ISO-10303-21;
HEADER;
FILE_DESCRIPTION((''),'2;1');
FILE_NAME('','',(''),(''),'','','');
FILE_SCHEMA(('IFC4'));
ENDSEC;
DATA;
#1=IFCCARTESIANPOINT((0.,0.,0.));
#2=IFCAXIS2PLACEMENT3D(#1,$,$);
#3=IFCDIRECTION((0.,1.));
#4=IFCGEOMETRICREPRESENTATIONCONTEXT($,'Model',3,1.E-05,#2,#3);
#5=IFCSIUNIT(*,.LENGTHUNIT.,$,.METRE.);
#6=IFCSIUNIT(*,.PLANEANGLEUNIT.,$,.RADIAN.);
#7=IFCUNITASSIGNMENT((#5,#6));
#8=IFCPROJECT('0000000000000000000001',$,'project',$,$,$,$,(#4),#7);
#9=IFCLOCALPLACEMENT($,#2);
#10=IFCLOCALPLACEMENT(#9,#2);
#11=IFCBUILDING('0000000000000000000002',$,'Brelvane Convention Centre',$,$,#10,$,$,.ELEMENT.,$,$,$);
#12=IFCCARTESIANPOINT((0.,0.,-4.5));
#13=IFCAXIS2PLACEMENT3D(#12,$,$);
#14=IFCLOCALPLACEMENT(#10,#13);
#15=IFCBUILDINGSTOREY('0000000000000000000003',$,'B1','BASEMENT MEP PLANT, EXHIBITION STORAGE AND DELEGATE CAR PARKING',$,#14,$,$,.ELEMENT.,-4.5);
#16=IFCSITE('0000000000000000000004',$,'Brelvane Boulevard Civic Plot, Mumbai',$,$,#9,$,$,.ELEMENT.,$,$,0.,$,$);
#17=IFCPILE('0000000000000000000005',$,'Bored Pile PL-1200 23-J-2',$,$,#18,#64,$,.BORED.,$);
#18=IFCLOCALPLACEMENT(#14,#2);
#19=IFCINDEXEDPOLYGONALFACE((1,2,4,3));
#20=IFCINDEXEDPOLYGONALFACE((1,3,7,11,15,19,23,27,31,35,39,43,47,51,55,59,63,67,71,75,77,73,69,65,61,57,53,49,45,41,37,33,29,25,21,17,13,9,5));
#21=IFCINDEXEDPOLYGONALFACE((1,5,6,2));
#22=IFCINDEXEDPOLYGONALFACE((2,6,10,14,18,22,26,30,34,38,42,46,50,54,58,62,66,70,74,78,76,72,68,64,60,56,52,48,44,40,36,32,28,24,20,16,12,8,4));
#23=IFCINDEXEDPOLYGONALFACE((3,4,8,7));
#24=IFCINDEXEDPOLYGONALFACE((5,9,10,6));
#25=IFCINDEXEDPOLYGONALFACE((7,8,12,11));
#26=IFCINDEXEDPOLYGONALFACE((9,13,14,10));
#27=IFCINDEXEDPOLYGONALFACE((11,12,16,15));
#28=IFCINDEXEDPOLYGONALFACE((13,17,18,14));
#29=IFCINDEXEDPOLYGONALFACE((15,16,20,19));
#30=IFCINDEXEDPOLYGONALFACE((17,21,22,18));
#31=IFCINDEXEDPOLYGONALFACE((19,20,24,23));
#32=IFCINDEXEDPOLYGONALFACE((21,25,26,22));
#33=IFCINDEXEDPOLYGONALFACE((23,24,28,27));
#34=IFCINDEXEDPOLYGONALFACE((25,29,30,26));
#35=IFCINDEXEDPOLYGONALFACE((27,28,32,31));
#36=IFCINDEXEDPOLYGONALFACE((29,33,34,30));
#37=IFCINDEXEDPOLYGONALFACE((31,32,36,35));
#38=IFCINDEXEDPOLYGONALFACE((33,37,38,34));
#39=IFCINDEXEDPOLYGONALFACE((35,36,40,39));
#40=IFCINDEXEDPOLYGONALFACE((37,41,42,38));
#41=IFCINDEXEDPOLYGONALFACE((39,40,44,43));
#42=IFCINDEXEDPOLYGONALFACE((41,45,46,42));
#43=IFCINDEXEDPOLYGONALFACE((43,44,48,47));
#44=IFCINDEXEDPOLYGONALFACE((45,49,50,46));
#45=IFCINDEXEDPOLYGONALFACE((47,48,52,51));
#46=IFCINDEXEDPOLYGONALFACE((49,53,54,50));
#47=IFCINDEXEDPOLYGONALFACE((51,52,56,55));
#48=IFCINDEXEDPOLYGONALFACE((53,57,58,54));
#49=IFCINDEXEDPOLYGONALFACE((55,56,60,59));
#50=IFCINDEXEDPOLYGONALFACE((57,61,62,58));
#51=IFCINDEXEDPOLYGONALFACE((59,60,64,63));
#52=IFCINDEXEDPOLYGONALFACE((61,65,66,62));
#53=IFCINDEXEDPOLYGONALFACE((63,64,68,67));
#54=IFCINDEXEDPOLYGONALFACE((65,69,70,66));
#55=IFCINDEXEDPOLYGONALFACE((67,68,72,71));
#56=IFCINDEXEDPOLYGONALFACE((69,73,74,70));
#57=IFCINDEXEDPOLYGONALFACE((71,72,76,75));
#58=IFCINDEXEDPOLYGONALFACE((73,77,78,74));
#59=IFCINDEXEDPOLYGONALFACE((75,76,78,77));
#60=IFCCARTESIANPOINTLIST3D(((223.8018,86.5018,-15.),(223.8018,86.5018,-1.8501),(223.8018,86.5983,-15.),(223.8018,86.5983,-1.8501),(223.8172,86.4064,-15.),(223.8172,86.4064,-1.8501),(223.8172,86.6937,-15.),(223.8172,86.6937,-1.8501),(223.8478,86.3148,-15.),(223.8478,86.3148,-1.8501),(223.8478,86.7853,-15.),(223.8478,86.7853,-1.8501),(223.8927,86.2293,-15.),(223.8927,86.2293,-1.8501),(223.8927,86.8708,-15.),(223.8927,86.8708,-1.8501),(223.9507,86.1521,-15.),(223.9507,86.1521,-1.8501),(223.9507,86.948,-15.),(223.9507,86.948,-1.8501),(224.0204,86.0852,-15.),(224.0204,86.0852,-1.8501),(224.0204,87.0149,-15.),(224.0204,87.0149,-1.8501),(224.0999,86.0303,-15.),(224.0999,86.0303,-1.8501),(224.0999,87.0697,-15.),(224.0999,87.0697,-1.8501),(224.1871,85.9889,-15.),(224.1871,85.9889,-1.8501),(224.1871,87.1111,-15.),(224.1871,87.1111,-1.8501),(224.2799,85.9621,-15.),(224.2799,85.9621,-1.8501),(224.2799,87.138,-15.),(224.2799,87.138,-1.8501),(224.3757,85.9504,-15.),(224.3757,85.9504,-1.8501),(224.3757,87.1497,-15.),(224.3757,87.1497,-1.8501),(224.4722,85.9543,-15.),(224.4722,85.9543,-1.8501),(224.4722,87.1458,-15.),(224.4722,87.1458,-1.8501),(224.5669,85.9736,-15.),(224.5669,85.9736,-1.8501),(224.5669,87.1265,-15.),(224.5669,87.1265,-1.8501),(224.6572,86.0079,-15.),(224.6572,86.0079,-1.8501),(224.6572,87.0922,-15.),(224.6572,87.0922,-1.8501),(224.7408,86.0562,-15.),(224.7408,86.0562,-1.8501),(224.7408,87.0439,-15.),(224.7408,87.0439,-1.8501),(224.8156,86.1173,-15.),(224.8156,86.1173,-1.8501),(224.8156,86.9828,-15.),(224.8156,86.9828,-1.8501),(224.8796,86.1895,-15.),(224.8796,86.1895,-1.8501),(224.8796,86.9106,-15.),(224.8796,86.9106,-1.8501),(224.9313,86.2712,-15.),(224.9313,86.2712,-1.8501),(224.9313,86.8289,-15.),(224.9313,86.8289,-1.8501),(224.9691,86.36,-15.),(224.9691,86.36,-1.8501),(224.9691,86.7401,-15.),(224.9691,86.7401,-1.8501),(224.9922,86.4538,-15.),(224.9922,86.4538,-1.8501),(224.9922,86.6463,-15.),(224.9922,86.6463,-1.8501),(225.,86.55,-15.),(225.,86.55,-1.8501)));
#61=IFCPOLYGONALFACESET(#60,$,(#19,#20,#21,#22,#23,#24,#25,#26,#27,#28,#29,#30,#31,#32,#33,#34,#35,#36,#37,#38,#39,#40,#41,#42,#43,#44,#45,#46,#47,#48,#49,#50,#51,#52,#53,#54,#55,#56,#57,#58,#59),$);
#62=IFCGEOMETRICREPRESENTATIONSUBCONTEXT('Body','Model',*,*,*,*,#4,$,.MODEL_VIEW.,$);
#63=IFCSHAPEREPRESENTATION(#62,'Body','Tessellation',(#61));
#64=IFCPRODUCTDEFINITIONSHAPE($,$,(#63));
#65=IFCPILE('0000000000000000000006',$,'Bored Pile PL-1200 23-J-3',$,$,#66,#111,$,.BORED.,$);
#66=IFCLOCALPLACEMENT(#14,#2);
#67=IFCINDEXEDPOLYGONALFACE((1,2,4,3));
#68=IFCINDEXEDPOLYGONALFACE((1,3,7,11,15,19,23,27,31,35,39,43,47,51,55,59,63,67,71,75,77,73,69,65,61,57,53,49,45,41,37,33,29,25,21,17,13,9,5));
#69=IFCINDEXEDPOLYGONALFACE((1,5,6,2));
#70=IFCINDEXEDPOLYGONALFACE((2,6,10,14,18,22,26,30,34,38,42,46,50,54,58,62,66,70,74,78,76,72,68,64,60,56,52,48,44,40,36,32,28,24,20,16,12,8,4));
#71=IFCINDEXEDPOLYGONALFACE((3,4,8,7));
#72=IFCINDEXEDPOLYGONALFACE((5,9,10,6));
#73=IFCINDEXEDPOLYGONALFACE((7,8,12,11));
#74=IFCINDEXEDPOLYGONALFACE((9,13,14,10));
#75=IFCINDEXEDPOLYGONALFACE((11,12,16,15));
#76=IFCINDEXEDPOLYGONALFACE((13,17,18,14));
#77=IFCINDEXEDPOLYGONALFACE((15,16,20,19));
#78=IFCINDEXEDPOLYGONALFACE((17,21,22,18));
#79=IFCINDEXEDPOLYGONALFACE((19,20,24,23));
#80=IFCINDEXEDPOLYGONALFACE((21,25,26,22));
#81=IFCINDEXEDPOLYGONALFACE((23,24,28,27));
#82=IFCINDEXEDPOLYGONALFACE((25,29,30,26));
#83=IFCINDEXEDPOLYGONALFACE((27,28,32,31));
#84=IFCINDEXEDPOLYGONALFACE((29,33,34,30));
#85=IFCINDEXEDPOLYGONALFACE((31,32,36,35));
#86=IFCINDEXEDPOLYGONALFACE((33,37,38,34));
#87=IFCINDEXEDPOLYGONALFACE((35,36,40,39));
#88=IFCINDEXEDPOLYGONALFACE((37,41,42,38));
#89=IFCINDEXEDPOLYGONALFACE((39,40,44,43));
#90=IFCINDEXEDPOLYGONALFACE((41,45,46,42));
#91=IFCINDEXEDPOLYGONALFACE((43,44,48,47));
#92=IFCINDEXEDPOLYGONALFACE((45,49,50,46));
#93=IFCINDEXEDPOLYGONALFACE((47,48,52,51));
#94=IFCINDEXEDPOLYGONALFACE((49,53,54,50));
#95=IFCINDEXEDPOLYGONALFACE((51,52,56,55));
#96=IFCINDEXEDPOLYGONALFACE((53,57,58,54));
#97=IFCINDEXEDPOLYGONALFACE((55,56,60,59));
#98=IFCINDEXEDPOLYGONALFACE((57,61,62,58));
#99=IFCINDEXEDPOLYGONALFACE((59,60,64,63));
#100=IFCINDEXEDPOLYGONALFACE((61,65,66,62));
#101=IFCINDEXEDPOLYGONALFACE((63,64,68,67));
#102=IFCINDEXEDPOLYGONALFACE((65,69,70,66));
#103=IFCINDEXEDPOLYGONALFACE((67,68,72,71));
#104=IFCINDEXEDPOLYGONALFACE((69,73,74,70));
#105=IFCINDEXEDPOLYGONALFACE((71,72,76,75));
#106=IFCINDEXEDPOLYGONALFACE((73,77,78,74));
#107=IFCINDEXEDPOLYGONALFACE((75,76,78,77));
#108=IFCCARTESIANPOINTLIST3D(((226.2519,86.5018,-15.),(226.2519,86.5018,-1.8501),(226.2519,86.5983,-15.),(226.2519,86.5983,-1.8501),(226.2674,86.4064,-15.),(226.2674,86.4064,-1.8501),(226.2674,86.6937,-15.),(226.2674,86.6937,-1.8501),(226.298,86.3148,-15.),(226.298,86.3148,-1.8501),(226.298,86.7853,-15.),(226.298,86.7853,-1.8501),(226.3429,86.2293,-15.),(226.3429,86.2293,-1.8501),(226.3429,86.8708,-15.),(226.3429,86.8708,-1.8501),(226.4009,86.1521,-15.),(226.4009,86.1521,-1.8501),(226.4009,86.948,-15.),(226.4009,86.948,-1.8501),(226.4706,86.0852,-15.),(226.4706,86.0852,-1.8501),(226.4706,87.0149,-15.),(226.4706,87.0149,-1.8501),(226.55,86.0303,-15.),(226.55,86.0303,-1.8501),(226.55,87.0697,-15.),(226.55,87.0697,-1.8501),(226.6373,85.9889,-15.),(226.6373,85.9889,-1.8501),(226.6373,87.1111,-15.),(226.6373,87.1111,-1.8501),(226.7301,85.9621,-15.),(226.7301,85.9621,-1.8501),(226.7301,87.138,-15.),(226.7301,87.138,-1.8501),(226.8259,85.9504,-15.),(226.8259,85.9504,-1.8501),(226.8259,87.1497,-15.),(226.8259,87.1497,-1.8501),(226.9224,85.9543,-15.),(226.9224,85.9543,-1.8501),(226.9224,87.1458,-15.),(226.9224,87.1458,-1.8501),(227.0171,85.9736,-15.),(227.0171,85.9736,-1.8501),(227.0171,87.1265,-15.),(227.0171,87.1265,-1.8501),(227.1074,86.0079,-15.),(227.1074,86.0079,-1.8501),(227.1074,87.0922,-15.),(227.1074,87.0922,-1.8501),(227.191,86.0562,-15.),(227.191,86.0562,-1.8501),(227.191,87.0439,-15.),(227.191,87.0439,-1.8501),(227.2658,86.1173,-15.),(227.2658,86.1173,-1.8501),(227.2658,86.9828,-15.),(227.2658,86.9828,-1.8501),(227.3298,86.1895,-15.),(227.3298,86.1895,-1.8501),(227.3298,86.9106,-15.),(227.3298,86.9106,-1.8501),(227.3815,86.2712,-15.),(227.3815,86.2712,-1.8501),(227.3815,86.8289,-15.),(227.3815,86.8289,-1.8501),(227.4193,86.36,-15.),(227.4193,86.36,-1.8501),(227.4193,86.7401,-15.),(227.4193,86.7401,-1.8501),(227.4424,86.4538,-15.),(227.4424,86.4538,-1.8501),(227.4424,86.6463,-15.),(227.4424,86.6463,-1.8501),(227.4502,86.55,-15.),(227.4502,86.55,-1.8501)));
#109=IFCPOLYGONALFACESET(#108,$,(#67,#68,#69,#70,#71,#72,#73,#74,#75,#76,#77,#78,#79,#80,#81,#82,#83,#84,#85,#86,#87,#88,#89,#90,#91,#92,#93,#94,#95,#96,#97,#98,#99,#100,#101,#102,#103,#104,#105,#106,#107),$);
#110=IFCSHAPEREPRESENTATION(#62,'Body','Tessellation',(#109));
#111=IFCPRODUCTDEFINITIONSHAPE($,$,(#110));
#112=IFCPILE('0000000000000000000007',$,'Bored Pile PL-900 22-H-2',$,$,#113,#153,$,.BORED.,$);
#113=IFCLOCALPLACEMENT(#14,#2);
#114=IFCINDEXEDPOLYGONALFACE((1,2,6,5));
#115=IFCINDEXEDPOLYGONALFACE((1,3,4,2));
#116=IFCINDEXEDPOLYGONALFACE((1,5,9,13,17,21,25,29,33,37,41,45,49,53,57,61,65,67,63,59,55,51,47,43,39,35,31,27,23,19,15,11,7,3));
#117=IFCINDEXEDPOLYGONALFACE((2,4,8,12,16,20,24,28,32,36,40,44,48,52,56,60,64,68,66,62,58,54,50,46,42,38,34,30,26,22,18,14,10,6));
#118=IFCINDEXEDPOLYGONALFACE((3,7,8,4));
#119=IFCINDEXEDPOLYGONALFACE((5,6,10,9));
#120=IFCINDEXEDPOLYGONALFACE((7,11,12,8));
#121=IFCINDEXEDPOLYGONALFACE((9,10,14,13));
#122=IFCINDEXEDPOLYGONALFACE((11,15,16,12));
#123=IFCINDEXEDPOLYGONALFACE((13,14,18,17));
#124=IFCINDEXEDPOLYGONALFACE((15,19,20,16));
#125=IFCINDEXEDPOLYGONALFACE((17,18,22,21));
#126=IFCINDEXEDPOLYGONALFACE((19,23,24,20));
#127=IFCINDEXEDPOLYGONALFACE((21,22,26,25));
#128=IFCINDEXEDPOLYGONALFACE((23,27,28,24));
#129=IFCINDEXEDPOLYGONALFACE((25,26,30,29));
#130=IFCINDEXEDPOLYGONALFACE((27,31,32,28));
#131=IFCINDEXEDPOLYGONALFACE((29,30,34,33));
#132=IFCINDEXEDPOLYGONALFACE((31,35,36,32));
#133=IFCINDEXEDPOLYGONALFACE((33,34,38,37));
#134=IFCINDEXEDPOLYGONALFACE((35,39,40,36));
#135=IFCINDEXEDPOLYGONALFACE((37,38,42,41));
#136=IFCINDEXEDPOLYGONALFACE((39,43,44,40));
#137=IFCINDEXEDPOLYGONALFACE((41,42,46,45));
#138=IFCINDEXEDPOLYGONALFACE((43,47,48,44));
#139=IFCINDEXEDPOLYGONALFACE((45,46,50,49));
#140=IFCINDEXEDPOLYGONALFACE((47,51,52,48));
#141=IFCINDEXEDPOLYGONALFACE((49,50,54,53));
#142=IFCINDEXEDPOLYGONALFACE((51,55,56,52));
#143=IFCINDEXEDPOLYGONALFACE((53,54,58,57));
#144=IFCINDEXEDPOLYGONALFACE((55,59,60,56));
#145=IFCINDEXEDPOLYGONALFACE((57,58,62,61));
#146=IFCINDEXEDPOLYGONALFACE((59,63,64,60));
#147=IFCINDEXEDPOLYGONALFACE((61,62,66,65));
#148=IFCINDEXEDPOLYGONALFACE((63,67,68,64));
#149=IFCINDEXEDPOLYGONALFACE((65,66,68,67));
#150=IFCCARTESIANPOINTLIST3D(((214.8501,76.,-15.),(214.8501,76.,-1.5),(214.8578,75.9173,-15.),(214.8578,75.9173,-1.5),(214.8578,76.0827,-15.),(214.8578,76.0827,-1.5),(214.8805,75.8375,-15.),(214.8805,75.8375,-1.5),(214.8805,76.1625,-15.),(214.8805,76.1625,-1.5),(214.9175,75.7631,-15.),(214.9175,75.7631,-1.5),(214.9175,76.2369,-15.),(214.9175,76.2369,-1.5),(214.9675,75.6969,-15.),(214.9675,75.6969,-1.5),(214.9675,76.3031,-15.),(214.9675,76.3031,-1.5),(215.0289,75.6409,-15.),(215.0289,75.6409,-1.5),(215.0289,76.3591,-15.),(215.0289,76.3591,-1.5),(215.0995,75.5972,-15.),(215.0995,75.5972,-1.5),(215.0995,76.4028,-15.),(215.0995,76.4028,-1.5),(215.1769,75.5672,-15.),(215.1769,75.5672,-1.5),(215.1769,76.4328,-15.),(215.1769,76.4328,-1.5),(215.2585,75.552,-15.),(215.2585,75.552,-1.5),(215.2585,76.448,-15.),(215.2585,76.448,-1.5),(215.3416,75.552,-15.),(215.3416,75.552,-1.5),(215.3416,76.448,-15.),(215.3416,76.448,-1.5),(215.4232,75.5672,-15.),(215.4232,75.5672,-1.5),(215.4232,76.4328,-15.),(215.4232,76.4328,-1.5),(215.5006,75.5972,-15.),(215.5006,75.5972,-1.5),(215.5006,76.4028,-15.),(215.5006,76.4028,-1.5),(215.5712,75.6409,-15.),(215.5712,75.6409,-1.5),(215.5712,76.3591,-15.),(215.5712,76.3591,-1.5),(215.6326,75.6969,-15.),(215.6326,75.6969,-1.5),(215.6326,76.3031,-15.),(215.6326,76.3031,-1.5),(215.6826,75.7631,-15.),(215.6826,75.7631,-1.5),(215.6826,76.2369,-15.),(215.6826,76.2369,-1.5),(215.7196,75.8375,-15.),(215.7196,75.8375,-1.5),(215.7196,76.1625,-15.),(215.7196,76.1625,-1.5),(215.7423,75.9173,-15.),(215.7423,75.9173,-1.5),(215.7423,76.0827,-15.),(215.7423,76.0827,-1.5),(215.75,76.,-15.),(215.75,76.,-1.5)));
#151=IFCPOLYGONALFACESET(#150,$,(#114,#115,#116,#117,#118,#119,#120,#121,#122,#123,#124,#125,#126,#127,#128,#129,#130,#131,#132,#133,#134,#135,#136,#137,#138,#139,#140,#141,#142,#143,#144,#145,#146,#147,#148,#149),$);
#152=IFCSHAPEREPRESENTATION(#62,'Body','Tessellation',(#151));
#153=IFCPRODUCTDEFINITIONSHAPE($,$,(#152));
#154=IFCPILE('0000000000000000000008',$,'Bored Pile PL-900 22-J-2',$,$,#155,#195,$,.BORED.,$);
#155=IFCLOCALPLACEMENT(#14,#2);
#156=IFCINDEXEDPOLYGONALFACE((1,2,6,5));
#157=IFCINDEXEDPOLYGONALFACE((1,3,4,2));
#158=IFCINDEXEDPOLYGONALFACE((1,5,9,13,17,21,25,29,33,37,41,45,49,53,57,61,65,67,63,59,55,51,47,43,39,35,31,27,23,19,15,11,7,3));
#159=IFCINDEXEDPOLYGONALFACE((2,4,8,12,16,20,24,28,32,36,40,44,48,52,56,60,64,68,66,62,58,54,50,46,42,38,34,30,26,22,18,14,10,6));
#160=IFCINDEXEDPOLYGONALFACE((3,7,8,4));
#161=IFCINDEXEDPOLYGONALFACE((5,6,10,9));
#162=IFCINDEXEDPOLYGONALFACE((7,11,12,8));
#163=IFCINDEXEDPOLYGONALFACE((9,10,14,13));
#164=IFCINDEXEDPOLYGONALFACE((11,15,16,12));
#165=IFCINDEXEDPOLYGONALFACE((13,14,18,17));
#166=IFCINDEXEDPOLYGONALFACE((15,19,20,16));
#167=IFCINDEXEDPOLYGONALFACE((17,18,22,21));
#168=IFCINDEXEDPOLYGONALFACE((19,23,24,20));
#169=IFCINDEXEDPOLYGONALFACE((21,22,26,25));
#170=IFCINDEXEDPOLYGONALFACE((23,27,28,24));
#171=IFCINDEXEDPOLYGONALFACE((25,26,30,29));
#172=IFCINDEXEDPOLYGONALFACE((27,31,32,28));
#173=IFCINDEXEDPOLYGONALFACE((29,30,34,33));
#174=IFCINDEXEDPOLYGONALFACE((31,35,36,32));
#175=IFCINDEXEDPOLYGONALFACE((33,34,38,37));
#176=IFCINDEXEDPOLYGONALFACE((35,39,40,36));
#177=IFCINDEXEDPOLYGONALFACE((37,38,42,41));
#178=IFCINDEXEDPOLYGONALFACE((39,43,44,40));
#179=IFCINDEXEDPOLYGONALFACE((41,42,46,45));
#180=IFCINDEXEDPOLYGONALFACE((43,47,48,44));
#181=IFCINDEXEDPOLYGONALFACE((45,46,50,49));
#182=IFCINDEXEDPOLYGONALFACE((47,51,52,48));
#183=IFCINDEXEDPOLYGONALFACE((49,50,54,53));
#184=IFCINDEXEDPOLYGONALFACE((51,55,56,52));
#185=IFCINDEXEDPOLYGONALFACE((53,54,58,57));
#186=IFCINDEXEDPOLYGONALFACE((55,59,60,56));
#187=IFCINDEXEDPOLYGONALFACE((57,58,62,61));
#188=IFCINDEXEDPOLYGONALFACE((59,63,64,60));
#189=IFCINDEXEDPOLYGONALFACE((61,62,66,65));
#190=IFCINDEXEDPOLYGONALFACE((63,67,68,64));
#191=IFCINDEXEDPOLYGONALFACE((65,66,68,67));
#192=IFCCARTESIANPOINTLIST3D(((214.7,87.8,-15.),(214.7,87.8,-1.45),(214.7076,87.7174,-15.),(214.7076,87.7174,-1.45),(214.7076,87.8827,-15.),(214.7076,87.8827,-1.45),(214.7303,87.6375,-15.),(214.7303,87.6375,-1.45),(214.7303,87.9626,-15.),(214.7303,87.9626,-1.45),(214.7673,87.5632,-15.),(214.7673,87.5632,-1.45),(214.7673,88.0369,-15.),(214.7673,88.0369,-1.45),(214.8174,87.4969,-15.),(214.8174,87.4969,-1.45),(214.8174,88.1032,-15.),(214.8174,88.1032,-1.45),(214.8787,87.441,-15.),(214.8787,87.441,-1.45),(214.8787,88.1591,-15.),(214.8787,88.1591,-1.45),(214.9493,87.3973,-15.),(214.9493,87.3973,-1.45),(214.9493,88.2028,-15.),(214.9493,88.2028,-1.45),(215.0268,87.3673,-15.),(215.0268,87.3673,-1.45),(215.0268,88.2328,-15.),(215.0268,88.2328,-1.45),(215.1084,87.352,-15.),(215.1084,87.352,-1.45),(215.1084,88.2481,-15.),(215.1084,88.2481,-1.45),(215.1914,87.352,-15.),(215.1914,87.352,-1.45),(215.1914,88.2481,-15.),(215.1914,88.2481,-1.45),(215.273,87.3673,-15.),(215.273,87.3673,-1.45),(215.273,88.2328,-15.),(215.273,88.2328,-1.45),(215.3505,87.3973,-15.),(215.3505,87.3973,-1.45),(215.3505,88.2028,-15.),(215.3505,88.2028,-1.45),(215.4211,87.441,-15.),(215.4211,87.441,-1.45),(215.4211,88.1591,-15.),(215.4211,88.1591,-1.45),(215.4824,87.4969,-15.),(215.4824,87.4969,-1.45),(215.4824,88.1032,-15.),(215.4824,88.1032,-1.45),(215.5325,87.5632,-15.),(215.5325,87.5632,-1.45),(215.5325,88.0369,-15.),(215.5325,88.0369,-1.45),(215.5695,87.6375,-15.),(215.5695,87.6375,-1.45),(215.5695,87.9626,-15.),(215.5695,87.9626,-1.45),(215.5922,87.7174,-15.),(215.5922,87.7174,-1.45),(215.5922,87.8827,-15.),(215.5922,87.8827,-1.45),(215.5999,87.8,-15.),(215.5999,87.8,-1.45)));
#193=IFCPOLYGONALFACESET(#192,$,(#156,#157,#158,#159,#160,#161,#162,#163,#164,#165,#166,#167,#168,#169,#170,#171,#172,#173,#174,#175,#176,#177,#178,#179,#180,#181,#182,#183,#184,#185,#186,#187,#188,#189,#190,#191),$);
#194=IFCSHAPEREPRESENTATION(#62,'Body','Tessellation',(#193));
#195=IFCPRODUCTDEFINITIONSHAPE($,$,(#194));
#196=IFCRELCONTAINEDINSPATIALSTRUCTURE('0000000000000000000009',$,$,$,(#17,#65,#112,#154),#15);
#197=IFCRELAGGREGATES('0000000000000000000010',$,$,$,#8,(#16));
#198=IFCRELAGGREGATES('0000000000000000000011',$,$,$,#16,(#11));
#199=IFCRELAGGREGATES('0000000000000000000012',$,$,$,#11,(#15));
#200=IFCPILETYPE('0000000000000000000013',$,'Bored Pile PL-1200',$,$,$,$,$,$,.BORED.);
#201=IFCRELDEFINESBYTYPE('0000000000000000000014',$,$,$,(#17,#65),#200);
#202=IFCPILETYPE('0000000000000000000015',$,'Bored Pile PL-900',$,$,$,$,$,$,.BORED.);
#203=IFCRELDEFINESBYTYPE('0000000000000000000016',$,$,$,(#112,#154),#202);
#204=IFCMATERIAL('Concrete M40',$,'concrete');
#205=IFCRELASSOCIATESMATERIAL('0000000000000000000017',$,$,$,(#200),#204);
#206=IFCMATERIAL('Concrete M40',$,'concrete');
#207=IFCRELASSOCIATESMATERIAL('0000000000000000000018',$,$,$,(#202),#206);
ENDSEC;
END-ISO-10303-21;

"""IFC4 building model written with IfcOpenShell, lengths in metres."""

from ifc_helpers import new_model, si_unit, direction, frame, origin, origin_2d, place, context, subcontext, project, spatial, circle, extrude, material, material_profile, profile_set, type_object, element, save


model = new_model("IFC4")

# Units and contexts
model_context = context("Model", 3, precision=1e-05, world=origin(), true_north=direction((0.0, 1.0)))
body_context = subcontext(model_context, "Body", "Model", "MODEL_VIEW")
ifc_project = project(units=[si_unit("LENGTHUNIT", "METRE"), si_unit("PLANEANGLEUNIT", "RADIAN")], contexts=[model_context])

# Site, building, storey
site_placement = place(None, origin())
site = spatial("IfcSite", under=ifc_project, at=site_placement, Name="Brelvane Boulevard Civic Plot, Mumbai", CompositionType="ELEMENT", RefElevation=0.0)
building_placement = place(site_placement, origin())
building = spatial("IfcBuilding", under=site, at=building_placement, Name="Brelvane Convention Centre", CompositionType="ELEMENT")
storey_placement = place(building_placement, frame((0.0, 0.0, -4.5)))
storey = spatial("IfcBuildingStorey", under=building, at=storey_placement, Name="B1", Description="BASEMENT MEP PLANT, EXHIBITION STORAGE AND DELEGATE CAR PARKING", CompositionType="ELEMENT", Elevation=-4.5)

# Piles
ifc_material_1 = material(Name="Concrete M40", Category="concrete")
ifc_material_profile_1 = material_profile(ifc_material_1, circle(Radius=0.6001, at=origin_2d()), Name="PILE D1200")
ifc_profile_set_1 = profile_set([ifc_material_profile_1], Name="Concrete M40")
pile_type_1 = type_object("IfcPileType", Name="Bored Pile PL-1200", PredefinedType="BORED", material=ifc_profile_set_1)
for number, where, z_axis, x_axis, name in (
    (1, (224.3999, 86.55, -1.8501), (0.0, 0.0, -1.0), (1.0, 0.0, 0.0), "Bored Pile PL-1200 23-J-2"),
    (2, (226.8501, 86.55, -1.8501), (0.0, 0.0, -1.0), (1.0, 0.0, 0.0), "Bored Pile PL-1200 23-J-3"),
):
    element("IfcPile", number, at=place(storey_placement, frame(where, z_axis=z_axis, x_axis=x_axis)), inside=storey, type_object=pile_type_1, Name=name, PredefinedType="BORED", context=body_context, shape_type="SweptSolid", body=[
        extrude(circle(Radius=0.6001, at=origin_2d()), origin(), (0.0, 0.0, 1.0), 13.1499),
    ])
ifc_material_2 = material(Name="Concrete M40", Category="concrete")
ifc_material_profile_2 = material_profile(ifc_material_2, circle(Radius=0.45, at=origin_2d()), Name="PILE D900")
ifc_profile_set_2 = profile_set([ifc_material_profile_2], Name="Concrete M40")
pile_type_2 = type_object("IfcPileType", Name="Bored Pile PL-900", PredefinedType="BORED", material=ifc_profile_set_2)
pile_1_placement = place(storey_placement, frame((215.3, 76.0, -1.5), z_axis=(0.0, 0.0, -1.0), x_axis=(1.0, 0.0, 0.0)))
element("IfcPile", 3, at=pile_1_placement, inside=storey, type_object=pile_type_2, Name="Bored Pile PL-900 22-H-2", PredefinedType="BORED", context=body_context, shape_type="SweptSolid", body=[
    extrude(circle(Radius=0.45, at=origin_2d()), origin(), (0.0, 0.0, 1.0), 13.5),
])
pile_2_placement = place(storey_placement, frame((215.1499, 87.8, -1.45), z_axis=(0.0, 0.0, -1.0), x_axis=(1.0, 0.0, 0.0)))
element("IfcPile", 4, at=pile_2_placement, inside=storey, type_object=pile_type_2, Name="Bored Pile PL-900 22-J-2", PredefinedType="BORED", context=body_context, shape_type="SweptSolid", body=[
    extrude(circle(Radius=0.45, at=origin_2d()), origin(), (0.0, 0.0, 1.0), 13.55),
])

save(model, "model.ifc")
